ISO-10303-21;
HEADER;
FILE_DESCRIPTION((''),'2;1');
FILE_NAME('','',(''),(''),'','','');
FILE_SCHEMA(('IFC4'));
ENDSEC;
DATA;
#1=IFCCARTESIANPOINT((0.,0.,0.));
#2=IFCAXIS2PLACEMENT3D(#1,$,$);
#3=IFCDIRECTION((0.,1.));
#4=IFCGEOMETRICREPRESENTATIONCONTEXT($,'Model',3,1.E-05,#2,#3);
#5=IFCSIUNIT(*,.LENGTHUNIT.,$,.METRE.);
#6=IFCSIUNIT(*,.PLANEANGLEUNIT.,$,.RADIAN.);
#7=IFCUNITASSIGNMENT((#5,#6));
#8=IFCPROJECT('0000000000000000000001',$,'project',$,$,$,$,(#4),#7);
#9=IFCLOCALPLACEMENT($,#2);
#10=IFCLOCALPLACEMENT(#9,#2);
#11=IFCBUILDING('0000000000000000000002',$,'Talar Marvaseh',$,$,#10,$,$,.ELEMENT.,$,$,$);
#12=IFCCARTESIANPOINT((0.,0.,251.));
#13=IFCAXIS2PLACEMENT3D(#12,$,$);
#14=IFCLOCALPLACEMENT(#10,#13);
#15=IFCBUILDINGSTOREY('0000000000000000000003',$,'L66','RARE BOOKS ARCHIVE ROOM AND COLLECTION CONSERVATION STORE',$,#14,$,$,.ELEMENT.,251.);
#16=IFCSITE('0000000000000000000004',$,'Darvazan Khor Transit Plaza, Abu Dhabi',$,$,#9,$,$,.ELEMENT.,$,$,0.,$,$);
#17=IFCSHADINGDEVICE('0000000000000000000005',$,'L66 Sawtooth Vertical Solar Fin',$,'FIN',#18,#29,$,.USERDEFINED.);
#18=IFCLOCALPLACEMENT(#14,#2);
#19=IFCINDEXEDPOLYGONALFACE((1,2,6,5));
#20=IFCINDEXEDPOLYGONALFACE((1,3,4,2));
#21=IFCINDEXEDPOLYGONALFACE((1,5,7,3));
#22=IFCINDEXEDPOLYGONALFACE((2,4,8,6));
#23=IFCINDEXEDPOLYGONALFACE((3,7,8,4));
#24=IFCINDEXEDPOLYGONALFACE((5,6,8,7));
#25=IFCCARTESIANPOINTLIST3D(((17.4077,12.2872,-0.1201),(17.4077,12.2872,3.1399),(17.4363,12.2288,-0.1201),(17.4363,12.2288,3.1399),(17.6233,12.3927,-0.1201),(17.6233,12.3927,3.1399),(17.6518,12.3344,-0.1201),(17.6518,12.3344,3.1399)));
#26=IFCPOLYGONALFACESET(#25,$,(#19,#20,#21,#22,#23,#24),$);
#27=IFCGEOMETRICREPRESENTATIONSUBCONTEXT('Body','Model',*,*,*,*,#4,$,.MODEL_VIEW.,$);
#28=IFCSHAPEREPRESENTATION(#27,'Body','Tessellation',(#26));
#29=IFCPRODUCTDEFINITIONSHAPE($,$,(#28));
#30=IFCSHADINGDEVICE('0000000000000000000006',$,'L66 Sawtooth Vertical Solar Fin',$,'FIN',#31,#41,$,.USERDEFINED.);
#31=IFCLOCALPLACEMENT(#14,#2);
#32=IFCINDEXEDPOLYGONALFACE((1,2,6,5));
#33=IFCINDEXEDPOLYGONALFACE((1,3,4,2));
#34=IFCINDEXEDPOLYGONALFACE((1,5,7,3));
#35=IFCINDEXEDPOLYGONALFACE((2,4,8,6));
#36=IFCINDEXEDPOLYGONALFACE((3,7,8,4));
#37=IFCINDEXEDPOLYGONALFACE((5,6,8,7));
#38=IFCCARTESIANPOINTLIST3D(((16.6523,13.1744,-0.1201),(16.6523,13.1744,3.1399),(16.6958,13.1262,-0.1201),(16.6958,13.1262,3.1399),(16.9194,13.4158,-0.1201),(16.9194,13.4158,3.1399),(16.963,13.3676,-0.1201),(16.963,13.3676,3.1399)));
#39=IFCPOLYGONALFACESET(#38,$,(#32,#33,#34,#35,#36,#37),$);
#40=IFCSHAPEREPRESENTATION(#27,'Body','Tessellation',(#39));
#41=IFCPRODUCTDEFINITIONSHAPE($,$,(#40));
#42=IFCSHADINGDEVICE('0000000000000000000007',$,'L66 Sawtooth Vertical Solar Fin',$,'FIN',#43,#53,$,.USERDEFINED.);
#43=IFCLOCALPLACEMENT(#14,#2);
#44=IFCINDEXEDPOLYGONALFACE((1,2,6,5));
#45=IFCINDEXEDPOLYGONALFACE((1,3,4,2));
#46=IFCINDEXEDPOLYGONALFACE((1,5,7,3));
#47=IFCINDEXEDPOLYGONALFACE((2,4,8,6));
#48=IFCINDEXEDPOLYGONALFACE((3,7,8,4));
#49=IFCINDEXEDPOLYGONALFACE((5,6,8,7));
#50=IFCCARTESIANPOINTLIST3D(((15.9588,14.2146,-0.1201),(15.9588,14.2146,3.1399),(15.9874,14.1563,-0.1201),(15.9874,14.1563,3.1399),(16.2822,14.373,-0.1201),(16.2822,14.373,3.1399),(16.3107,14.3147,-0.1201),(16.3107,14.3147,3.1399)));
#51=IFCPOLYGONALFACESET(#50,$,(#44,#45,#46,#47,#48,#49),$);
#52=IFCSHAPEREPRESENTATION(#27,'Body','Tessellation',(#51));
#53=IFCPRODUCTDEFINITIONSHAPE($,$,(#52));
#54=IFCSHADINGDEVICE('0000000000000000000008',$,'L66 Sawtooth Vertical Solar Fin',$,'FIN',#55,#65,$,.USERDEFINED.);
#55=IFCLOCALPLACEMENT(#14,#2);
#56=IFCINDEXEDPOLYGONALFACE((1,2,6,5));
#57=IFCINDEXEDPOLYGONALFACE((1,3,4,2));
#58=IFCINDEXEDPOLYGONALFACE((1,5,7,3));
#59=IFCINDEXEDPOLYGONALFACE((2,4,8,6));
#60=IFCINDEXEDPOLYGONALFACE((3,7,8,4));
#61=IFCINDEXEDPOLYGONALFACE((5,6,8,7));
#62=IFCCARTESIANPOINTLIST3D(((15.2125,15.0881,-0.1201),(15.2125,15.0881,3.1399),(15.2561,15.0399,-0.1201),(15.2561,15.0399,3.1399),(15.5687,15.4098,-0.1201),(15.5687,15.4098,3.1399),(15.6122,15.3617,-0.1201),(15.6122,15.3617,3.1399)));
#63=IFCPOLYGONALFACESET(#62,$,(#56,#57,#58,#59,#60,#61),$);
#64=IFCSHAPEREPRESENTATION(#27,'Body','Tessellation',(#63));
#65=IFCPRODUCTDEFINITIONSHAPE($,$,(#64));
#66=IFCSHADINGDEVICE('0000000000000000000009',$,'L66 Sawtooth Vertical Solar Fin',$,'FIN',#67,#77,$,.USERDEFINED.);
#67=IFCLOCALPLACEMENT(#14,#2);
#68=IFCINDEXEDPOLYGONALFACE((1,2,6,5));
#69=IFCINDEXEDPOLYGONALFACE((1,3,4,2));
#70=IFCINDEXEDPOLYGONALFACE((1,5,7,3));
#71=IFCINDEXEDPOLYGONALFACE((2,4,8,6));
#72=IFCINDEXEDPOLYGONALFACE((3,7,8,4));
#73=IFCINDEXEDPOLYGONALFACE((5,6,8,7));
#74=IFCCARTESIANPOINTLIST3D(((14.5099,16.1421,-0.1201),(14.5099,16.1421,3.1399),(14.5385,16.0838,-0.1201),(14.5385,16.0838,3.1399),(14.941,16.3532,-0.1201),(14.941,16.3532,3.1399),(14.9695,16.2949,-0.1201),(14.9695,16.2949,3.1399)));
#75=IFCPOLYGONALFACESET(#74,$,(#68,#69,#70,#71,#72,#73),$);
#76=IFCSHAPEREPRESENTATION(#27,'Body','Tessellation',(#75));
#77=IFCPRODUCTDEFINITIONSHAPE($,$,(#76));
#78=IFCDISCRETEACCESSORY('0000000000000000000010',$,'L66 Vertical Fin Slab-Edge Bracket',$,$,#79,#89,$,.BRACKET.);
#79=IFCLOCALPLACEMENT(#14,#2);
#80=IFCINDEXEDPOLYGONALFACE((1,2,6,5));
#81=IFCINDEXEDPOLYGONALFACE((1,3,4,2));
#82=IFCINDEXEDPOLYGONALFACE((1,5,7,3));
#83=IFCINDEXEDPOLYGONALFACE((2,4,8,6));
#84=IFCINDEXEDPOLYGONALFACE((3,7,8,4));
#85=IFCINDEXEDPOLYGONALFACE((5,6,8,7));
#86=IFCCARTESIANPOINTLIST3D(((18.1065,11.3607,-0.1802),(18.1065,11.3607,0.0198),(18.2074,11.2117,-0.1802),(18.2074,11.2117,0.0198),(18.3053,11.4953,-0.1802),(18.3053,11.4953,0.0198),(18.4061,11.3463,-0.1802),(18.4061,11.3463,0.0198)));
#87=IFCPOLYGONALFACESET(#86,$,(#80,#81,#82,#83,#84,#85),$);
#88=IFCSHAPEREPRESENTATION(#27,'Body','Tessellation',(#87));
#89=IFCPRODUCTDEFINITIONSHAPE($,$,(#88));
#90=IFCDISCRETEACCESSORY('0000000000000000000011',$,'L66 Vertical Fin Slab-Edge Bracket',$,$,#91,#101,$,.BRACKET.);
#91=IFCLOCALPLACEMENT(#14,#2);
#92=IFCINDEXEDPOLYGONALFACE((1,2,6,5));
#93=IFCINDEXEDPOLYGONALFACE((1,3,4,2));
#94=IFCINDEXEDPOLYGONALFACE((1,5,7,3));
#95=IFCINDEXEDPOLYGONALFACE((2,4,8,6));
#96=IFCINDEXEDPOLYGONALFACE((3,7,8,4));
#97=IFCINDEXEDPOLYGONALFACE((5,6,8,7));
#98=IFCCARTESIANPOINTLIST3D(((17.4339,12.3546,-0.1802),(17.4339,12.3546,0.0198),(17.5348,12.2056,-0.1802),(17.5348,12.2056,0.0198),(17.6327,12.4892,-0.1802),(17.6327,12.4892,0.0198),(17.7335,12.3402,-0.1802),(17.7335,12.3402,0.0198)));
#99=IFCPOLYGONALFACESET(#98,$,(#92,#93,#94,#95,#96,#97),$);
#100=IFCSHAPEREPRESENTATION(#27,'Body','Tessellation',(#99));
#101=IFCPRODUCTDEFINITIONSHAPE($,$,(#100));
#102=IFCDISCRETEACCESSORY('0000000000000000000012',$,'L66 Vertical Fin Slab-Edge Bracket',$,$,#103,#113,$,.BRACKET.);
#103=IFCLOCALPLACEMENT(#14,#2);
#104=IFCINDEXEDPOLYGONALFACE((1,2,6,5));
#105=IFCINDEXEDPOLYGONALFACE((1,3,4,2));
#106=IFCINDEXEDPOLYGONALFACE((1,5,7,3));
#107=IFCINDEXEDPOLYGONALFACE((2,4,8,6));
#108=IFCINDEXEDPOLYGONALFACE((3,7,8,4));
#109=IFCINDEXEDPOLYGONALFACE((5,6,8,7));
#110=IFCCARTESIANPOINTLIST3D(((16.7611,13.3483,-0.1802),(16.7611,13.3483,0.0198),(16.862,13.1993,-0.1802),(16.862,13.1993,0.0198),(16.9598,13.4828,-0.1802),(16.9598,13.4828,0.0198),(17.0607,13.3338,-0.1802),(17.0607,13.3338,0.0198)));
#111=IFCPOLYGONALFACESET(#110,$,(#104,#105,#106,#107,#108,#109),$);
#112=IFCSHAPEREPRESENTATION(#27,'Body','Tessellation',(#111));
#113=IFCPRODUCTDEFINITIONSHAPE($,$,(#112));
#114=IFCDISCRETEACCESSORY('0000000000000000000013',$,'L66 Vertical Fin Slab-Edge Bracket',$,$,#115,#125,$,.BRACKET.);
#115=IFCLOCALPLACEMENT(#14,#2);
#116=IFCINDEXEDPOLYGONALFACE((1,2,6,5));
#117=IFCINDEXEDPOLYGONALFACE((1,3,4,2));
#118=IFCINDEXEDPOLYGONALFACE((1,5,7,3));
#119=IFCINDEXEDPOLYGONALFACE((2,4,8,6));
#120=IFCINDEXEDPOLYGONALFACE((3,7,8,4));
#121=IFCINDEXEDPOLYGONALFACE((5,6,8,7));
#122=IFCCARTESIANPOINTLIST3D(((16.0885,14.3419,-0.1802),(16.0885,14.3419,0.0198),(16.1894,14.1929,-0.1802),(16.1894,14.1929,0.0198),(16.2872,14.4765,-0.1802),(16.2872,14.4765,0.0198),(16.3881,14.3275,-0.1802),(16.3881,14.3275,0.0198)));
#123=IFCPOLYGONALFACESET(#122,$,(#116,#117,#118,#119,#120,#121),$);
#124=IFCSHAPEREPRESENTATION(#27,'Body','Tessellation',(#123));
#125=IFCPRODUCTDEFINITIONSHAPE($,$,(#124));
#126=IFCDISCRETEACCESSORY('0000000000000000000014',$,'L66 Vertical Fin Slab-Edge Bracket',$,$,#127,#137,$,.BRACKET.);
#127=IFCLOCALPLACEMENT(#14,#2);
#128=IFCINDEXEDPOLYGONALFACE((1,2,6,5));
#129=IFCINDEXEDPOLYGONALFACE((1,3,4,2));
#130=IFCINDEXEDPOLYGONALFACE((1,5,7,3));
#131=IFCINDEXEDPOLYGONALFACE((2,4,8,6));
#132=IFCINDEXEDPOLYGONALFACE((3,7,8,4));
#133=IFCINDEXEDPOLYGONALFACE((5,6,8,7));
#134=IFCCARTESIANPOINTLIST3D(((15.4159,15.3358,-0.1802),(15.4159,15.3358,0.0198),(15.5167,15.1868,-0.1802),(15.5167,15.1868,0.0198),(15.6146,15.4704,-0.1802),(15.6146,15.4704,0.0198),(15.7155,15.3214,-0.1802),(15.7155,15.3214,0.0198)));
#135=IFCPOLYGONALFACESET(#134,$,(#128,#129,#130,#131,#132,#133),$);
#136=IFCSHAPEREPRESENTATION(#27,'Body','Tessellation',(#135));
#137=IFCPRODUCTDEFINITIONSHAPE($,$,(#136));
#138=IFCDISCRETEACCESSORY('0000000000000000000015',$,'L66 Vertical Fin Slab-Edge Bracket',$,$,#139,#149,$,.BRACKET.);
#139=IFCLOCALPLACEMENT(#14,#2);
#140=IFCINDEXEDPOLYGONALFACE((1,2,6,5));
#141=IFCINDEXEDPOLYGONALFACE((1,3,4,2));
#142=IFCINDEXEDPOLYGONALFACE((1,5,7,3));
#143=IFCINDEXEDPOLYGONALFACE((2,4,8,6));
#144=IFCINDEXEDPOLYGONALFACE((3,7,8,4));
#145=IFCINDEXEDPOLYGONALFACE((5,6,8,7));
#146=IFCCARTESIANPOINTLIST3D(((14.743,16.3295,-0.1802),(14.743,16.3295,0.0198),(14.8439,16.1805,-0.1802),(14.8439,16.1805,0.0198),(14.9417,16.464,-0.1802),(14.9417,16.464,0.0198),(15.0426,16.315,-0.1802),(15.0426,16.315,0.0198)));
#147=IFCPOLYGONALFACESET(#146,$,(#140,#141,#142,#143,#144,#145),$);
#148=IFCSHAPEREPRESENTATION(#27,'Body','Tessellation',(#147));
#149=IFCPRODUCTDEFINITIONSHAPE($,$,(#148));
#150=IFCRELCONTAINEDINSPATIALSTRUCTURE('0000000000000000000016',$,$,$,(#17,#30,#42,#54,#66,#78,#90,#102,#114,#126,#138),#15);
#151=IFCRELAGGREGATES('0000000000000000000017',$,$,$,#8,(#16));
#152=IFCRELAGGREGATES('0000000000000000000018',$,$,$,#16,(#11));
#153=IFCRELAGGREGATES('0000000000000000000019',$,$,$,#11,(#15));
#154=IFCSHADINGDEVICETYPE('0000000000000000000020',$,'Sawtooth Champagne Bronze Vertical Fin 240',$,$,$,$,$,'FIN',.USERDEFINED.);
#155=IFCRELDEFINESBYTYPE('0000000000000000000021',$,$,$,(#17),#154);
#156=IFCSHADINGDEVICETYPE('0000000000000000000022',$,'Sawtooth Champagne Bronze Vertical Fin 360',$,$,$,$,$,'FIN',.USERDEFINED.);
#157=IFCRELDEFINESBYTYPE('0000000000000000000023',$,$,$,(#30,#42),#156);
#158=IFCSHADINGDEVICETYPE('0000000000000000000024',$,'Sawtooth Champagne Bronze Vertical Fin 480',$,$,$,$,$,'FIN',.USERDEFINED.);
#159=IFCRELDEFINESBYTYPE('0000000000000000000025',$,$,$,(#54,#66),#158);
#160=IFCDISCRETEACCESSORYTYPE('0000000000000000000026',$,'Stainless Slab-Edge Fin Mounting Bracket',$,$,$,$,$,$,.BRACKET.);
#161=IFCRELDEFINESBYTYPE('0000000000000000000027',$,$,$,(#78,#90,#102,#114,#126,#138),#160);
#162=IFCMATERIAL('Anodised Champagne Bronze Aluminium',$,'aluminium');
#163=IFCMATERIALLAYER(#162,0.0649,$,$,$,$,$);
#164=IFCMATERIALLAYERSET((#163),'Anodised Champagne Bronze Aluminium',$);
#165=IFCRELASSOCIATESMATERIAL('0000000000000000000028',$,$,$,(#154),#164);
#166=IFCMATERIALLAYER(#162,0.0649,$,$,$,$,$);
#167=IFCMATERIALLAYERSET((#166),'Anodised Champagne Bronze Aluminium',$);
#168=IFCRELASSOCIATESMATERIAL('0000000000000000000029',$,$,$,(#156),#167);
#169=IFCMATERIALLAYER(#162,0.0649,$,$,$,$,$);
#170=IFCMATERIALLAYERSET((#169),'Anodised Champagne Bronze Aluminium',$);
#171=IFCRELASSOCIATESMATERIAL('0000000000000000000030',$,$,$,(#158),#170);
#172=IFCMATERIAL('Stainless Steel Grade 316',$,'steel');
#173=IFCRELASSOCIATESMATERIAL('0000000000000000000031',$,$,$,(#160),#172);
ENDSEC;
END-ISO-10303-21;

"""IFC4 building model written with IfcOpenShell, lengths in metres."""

from ifc_helpers import new_model, si_unit, direction, frame, origin, origin_2d, place, context, subcontext, project, spatial, rectangle, extrude, source, transform, mapped, material, layer, layer_set, type_object, type_shapes, element, save


model = new_model("IFC4")

# Units and contexts
model_context = context("Model", 3, precision=1e-05, world=origin(), true_north=direction((0.0, 1.0)))
body_context = subcontext(model_context, "Body", "Model", "MODEL_VIEW")
ifc_project = project(units=[si_unit("LENGTHUNIT", "METRE"), si_unit("PLANEANGLEUNIT", "RADIAN")], contexts=[model_context])

# Site, building, storey
site_placement = place(None, origin())
site = spatial("IfcSite", under=ifc_project, at=site_placement, Name="Darvazan Khor Transit Plaza, Abu Dhabi", CompositionType="ELEMENT", RefElevation=0.0)
building_placement = place(site_placement, origin())
building = spatial("IfcBuilding", under=site, at=building_placement, Name="Talar Marvaseh", CompositionType="ELEMENT")
storey_placement = place(building_placement, frame((0.0, 0.0, 251.0)))
storey = spatial("IfcBuildingStorey", under=building, at=storey_placement, Name="L66", Description="RARE BOOKS ARCHIVE ROOM AND COLLECTION CONSERVATION STORE", CompositionType="ELEMENT", Elevation=251.0)

# Shading devices
ifc_material_1 = material(Name="Anodised Champagne Bronze Aluminium", Category="aluminium")
ifc_layer_1 = layer(ifc_material_1, 0.0649)
ifc_layer_set_1 = layer_set([ifc_layer_1], Name="Anodised Champagne Bronze Aluminium")
shading_device_type_1 = type_object("IfcShadingDeviceType", Name="Sawtooth Champagne Bronze Vertical Fin 240", ElementType="FIN", PredefinedType="USERDEFINED", material=ifc_layer_set_1)
shared_shape_1 = source(origin(), body_context, "Body", "SweptSolid", [
    extrude(rectangle(XDim=0.24, YDim=0.0649, at=origin_2d()), origin(), (0.0, 0.0, 1.0), 3.26),
])
type_shapes(shading_device_type_1, [shared_shape_1])
for number, where, z_axis, x_axis, name in (
    (1, (17.5298, 12.3108, -0.1201), (0.0, 0.0, 1.0), (-0.898028, -0.439939, 0.0), "L66 Sawtooth Vertical Solar Fin"),
):
    element("IfcShadingDevice", number, at=place(storey_placement, frame(where, z_axis=z_axis, x_axis=x_axis)), inside=storey, type_object=shading_device_type_1, Name=name, ObjectType="FIN", PredefinedType="USERDEFINED", context=body_context, shape_type="MappedRepresentation", body=[
        mapped(shared_shape_1, transform((0.0, 0.0, 0.0), x_axis=(1.0, 0.0, 0.0), y_axis=(0.0, 1.0, 0.0), z_axis=(0.0, 0.0, 1.0), scale=1.0)),
    ])
ifc_layer_2 = layer(ifc_material_1, 0.0649)
ifc_layer_set_2 = layer_set([ifc_layer_2], Name="Anodised Champagne Bronze Aluminium")
shading_device_type_2 = type_object("IfcShadingDeviceType", Name="Sawtooth Champagne Bronze Vertical Fin 360", ElementType="FIN", PredefinedType="USERDEFINED", material=ifc_layer_set_2)
shared_shape_2 = source(origin(), body_context, "Body", "SweptSolid", [
    extrude(rectangle(XDim=0.3601, YDim=0.0649, at=origin_2d()), origin(), (0.0, 0.0, 1.0), 3.26),
])
type_shapes(shading_device_type_2, [shared_shape_2])
for number, where, z_axis, x_axis, name in (
    (2, (16.8076, 13.271, -0.1201), (0.0, 0.0, 1.0), (-0.741976, -0.670427, 0.0), "L66 Sawtooth Vertical Solar Fin"),
    (3, (16.1348, 14.2646, -0.1201), (0.0, 0.0, 1.0), (-0.898028, -0.439939, 0.0), "L66 Sawtooth Vertical Solar Fin"),
):
    element("IfcShadingDevice", number, at=place(storey_placement, frame(where, z_axis=z_axis, x_axis=x_axis)), inside=storey, type_object=shading_device_type_2, Name=name, ObjectType="FIN", PredefinedType="USERDEFINED", context=body_context, shape_type="MappedRepresentation", body=[
        mapped(shared_shape_2, transform((0.0, 0.0, 0.0), x_axis=(1.0, 0.0, 0.0), y_axis=(0.0, 1.0, 0.0), z_axis=(0.0, 0.0, 1.0), scale=1.0)),
    ])
ifc_layer_3 = layer(ifc_material_1, 0.0649)
ifc_layer_set_3 = layer_set([ifc_layer_3], Name="Anodised Champagne Bronze Aluminium")
shading_device_type_3 = type_object("IfcShadingDeviceType", Name="Sawtooth Champagne Bronze Vertical Fin 480", ElementType="FIN", PredefinedType="USERDEFINED", material=ifc_layer_set_3)
shared_shape_3 = source(origin(), body_context, "Body", "SweptSolid", [
    extrude(rectangle(XDim=0.48, YDim=0.0649, at=origin_2d()), origin(), (0.0, 0.0, 1.0), 3.26),
])
type_shapes(shading_device_type_3, [shared_shape_3])
for number, where, z_axis, x_axis, name in (
    (4, (15.4124, 15.2249, -0.1201), (0.0, 0.0, 1.0), (-0.741976, -0.670427, 0.0), "L66 Sawtooth Vertical Solar Fin"),
    (5, (14.7397, 16.2185, -0.1201), (0.0, 0.0, 1.0), (-0.898028, -0.439939, 0.0), "L66 Sawtooth Vertical Solar Fin"),
):
    element("IfcShadingDevice", number, at=place(storey_placement, frame(where, z_axis=z_axis, x_axis=x_axis)), inside=storey, type_object=shading_device_type_3, Name=name, ObjectType="FIN", PredefinedType="USERDEFINED", context=body_context, shape_type="MappedRepresentation", body=[
        mapped(shared_shape_3, transform((0.0, 0.0, 0.0), x_axis=(1.0, 0.0, 0.0), y_axis=(0.0, 1.0, 0.0), z_axis=(0.0, 0.0, 1.0), scale=1.0)),
    ])

# Discrete accessories
ifc_material_2 = material(Name="Stainless Steel Grade 316", Category="steel")
discrete_accessory_type = type_object("IfcDiscreteAccessoryType", Name="Stainless Slab-Edge Fin Mounting Bracket", PredefinedType="BRACKET", material=ifc_material_2)
shared_shape_4 = source(origin(), body_context, "Body", "SweptSolid", [
    extrude(rectangle(XDim=0.24, YDim=0.1799, at=origin_2d()), origin(), (0.0, 0.0, 1.0), 0.2),
])
type_shapes(discrete_accessory_type, [shared_shape_4])
for number, where, z_axis, x_axis, name in (
    (6, (18.2563, 11.3535, -0.1802), (0.0, 0.0, 1.0), (-0.82806, -0.560639, 0.0), "L66 Vertical Fin Slab-Edge Bracket"),
    (7, (17.5837, 12.3474, -0.1802), (0.0, 0.0, 1.0), (-0.82806, -0.560639, 0.0), "L66 Vertical Fin Slab-Edge Bracket"),
    (8, (16.9109, 13.3411, -0.1802), (0.0, 0.0, 1.0), (-0.82806, -0.560639, 0.0), "L66 Vertical Fin Slab-Edge Bracket"),
    (9, (16.2383, 14.3347, -0.1802), (0.0, 0.0, 1.0), (-0.82806, -0.560639, 0.0), "L66 Vertical Fin Slab-Edge Bracket"),
    (10, (15.5657, 15.3286, -0.1802), (0.0, 0.0, 1.0), (-0.82806, -0.560639, 0.0), "L66 Vertical Fin Slab-Edge Bracket"),
    (11, (14.8928, 16.3223, -0.1802), (0.0, 0.0, 1.0), (-0.82806, -0.560639, 0.0), "L66 Vertical Fin Slab-Edge Bracket"),
):
    element("IfcDiscreteAccessory", number, at=place(storey_placement, frame(where, z_axis=z_axis, x_axis=x_axis)), inside=storey, type_object=discrete_accessory_type, Name=name, PredefinedType="BRACKET", context=body_context, shape_type="MappedRepresentation", body=[
        mapped(shared_shape_4, transform((0.0, 0.0, 0.0), x_axis=(1.0, 0.0, 0.0), y_axis=(0.0, 1.0, 0.0), z_axis=(0.0, 0.0, 1.0), scale=1.0)),
    ])

save(model, "model.ifc")
